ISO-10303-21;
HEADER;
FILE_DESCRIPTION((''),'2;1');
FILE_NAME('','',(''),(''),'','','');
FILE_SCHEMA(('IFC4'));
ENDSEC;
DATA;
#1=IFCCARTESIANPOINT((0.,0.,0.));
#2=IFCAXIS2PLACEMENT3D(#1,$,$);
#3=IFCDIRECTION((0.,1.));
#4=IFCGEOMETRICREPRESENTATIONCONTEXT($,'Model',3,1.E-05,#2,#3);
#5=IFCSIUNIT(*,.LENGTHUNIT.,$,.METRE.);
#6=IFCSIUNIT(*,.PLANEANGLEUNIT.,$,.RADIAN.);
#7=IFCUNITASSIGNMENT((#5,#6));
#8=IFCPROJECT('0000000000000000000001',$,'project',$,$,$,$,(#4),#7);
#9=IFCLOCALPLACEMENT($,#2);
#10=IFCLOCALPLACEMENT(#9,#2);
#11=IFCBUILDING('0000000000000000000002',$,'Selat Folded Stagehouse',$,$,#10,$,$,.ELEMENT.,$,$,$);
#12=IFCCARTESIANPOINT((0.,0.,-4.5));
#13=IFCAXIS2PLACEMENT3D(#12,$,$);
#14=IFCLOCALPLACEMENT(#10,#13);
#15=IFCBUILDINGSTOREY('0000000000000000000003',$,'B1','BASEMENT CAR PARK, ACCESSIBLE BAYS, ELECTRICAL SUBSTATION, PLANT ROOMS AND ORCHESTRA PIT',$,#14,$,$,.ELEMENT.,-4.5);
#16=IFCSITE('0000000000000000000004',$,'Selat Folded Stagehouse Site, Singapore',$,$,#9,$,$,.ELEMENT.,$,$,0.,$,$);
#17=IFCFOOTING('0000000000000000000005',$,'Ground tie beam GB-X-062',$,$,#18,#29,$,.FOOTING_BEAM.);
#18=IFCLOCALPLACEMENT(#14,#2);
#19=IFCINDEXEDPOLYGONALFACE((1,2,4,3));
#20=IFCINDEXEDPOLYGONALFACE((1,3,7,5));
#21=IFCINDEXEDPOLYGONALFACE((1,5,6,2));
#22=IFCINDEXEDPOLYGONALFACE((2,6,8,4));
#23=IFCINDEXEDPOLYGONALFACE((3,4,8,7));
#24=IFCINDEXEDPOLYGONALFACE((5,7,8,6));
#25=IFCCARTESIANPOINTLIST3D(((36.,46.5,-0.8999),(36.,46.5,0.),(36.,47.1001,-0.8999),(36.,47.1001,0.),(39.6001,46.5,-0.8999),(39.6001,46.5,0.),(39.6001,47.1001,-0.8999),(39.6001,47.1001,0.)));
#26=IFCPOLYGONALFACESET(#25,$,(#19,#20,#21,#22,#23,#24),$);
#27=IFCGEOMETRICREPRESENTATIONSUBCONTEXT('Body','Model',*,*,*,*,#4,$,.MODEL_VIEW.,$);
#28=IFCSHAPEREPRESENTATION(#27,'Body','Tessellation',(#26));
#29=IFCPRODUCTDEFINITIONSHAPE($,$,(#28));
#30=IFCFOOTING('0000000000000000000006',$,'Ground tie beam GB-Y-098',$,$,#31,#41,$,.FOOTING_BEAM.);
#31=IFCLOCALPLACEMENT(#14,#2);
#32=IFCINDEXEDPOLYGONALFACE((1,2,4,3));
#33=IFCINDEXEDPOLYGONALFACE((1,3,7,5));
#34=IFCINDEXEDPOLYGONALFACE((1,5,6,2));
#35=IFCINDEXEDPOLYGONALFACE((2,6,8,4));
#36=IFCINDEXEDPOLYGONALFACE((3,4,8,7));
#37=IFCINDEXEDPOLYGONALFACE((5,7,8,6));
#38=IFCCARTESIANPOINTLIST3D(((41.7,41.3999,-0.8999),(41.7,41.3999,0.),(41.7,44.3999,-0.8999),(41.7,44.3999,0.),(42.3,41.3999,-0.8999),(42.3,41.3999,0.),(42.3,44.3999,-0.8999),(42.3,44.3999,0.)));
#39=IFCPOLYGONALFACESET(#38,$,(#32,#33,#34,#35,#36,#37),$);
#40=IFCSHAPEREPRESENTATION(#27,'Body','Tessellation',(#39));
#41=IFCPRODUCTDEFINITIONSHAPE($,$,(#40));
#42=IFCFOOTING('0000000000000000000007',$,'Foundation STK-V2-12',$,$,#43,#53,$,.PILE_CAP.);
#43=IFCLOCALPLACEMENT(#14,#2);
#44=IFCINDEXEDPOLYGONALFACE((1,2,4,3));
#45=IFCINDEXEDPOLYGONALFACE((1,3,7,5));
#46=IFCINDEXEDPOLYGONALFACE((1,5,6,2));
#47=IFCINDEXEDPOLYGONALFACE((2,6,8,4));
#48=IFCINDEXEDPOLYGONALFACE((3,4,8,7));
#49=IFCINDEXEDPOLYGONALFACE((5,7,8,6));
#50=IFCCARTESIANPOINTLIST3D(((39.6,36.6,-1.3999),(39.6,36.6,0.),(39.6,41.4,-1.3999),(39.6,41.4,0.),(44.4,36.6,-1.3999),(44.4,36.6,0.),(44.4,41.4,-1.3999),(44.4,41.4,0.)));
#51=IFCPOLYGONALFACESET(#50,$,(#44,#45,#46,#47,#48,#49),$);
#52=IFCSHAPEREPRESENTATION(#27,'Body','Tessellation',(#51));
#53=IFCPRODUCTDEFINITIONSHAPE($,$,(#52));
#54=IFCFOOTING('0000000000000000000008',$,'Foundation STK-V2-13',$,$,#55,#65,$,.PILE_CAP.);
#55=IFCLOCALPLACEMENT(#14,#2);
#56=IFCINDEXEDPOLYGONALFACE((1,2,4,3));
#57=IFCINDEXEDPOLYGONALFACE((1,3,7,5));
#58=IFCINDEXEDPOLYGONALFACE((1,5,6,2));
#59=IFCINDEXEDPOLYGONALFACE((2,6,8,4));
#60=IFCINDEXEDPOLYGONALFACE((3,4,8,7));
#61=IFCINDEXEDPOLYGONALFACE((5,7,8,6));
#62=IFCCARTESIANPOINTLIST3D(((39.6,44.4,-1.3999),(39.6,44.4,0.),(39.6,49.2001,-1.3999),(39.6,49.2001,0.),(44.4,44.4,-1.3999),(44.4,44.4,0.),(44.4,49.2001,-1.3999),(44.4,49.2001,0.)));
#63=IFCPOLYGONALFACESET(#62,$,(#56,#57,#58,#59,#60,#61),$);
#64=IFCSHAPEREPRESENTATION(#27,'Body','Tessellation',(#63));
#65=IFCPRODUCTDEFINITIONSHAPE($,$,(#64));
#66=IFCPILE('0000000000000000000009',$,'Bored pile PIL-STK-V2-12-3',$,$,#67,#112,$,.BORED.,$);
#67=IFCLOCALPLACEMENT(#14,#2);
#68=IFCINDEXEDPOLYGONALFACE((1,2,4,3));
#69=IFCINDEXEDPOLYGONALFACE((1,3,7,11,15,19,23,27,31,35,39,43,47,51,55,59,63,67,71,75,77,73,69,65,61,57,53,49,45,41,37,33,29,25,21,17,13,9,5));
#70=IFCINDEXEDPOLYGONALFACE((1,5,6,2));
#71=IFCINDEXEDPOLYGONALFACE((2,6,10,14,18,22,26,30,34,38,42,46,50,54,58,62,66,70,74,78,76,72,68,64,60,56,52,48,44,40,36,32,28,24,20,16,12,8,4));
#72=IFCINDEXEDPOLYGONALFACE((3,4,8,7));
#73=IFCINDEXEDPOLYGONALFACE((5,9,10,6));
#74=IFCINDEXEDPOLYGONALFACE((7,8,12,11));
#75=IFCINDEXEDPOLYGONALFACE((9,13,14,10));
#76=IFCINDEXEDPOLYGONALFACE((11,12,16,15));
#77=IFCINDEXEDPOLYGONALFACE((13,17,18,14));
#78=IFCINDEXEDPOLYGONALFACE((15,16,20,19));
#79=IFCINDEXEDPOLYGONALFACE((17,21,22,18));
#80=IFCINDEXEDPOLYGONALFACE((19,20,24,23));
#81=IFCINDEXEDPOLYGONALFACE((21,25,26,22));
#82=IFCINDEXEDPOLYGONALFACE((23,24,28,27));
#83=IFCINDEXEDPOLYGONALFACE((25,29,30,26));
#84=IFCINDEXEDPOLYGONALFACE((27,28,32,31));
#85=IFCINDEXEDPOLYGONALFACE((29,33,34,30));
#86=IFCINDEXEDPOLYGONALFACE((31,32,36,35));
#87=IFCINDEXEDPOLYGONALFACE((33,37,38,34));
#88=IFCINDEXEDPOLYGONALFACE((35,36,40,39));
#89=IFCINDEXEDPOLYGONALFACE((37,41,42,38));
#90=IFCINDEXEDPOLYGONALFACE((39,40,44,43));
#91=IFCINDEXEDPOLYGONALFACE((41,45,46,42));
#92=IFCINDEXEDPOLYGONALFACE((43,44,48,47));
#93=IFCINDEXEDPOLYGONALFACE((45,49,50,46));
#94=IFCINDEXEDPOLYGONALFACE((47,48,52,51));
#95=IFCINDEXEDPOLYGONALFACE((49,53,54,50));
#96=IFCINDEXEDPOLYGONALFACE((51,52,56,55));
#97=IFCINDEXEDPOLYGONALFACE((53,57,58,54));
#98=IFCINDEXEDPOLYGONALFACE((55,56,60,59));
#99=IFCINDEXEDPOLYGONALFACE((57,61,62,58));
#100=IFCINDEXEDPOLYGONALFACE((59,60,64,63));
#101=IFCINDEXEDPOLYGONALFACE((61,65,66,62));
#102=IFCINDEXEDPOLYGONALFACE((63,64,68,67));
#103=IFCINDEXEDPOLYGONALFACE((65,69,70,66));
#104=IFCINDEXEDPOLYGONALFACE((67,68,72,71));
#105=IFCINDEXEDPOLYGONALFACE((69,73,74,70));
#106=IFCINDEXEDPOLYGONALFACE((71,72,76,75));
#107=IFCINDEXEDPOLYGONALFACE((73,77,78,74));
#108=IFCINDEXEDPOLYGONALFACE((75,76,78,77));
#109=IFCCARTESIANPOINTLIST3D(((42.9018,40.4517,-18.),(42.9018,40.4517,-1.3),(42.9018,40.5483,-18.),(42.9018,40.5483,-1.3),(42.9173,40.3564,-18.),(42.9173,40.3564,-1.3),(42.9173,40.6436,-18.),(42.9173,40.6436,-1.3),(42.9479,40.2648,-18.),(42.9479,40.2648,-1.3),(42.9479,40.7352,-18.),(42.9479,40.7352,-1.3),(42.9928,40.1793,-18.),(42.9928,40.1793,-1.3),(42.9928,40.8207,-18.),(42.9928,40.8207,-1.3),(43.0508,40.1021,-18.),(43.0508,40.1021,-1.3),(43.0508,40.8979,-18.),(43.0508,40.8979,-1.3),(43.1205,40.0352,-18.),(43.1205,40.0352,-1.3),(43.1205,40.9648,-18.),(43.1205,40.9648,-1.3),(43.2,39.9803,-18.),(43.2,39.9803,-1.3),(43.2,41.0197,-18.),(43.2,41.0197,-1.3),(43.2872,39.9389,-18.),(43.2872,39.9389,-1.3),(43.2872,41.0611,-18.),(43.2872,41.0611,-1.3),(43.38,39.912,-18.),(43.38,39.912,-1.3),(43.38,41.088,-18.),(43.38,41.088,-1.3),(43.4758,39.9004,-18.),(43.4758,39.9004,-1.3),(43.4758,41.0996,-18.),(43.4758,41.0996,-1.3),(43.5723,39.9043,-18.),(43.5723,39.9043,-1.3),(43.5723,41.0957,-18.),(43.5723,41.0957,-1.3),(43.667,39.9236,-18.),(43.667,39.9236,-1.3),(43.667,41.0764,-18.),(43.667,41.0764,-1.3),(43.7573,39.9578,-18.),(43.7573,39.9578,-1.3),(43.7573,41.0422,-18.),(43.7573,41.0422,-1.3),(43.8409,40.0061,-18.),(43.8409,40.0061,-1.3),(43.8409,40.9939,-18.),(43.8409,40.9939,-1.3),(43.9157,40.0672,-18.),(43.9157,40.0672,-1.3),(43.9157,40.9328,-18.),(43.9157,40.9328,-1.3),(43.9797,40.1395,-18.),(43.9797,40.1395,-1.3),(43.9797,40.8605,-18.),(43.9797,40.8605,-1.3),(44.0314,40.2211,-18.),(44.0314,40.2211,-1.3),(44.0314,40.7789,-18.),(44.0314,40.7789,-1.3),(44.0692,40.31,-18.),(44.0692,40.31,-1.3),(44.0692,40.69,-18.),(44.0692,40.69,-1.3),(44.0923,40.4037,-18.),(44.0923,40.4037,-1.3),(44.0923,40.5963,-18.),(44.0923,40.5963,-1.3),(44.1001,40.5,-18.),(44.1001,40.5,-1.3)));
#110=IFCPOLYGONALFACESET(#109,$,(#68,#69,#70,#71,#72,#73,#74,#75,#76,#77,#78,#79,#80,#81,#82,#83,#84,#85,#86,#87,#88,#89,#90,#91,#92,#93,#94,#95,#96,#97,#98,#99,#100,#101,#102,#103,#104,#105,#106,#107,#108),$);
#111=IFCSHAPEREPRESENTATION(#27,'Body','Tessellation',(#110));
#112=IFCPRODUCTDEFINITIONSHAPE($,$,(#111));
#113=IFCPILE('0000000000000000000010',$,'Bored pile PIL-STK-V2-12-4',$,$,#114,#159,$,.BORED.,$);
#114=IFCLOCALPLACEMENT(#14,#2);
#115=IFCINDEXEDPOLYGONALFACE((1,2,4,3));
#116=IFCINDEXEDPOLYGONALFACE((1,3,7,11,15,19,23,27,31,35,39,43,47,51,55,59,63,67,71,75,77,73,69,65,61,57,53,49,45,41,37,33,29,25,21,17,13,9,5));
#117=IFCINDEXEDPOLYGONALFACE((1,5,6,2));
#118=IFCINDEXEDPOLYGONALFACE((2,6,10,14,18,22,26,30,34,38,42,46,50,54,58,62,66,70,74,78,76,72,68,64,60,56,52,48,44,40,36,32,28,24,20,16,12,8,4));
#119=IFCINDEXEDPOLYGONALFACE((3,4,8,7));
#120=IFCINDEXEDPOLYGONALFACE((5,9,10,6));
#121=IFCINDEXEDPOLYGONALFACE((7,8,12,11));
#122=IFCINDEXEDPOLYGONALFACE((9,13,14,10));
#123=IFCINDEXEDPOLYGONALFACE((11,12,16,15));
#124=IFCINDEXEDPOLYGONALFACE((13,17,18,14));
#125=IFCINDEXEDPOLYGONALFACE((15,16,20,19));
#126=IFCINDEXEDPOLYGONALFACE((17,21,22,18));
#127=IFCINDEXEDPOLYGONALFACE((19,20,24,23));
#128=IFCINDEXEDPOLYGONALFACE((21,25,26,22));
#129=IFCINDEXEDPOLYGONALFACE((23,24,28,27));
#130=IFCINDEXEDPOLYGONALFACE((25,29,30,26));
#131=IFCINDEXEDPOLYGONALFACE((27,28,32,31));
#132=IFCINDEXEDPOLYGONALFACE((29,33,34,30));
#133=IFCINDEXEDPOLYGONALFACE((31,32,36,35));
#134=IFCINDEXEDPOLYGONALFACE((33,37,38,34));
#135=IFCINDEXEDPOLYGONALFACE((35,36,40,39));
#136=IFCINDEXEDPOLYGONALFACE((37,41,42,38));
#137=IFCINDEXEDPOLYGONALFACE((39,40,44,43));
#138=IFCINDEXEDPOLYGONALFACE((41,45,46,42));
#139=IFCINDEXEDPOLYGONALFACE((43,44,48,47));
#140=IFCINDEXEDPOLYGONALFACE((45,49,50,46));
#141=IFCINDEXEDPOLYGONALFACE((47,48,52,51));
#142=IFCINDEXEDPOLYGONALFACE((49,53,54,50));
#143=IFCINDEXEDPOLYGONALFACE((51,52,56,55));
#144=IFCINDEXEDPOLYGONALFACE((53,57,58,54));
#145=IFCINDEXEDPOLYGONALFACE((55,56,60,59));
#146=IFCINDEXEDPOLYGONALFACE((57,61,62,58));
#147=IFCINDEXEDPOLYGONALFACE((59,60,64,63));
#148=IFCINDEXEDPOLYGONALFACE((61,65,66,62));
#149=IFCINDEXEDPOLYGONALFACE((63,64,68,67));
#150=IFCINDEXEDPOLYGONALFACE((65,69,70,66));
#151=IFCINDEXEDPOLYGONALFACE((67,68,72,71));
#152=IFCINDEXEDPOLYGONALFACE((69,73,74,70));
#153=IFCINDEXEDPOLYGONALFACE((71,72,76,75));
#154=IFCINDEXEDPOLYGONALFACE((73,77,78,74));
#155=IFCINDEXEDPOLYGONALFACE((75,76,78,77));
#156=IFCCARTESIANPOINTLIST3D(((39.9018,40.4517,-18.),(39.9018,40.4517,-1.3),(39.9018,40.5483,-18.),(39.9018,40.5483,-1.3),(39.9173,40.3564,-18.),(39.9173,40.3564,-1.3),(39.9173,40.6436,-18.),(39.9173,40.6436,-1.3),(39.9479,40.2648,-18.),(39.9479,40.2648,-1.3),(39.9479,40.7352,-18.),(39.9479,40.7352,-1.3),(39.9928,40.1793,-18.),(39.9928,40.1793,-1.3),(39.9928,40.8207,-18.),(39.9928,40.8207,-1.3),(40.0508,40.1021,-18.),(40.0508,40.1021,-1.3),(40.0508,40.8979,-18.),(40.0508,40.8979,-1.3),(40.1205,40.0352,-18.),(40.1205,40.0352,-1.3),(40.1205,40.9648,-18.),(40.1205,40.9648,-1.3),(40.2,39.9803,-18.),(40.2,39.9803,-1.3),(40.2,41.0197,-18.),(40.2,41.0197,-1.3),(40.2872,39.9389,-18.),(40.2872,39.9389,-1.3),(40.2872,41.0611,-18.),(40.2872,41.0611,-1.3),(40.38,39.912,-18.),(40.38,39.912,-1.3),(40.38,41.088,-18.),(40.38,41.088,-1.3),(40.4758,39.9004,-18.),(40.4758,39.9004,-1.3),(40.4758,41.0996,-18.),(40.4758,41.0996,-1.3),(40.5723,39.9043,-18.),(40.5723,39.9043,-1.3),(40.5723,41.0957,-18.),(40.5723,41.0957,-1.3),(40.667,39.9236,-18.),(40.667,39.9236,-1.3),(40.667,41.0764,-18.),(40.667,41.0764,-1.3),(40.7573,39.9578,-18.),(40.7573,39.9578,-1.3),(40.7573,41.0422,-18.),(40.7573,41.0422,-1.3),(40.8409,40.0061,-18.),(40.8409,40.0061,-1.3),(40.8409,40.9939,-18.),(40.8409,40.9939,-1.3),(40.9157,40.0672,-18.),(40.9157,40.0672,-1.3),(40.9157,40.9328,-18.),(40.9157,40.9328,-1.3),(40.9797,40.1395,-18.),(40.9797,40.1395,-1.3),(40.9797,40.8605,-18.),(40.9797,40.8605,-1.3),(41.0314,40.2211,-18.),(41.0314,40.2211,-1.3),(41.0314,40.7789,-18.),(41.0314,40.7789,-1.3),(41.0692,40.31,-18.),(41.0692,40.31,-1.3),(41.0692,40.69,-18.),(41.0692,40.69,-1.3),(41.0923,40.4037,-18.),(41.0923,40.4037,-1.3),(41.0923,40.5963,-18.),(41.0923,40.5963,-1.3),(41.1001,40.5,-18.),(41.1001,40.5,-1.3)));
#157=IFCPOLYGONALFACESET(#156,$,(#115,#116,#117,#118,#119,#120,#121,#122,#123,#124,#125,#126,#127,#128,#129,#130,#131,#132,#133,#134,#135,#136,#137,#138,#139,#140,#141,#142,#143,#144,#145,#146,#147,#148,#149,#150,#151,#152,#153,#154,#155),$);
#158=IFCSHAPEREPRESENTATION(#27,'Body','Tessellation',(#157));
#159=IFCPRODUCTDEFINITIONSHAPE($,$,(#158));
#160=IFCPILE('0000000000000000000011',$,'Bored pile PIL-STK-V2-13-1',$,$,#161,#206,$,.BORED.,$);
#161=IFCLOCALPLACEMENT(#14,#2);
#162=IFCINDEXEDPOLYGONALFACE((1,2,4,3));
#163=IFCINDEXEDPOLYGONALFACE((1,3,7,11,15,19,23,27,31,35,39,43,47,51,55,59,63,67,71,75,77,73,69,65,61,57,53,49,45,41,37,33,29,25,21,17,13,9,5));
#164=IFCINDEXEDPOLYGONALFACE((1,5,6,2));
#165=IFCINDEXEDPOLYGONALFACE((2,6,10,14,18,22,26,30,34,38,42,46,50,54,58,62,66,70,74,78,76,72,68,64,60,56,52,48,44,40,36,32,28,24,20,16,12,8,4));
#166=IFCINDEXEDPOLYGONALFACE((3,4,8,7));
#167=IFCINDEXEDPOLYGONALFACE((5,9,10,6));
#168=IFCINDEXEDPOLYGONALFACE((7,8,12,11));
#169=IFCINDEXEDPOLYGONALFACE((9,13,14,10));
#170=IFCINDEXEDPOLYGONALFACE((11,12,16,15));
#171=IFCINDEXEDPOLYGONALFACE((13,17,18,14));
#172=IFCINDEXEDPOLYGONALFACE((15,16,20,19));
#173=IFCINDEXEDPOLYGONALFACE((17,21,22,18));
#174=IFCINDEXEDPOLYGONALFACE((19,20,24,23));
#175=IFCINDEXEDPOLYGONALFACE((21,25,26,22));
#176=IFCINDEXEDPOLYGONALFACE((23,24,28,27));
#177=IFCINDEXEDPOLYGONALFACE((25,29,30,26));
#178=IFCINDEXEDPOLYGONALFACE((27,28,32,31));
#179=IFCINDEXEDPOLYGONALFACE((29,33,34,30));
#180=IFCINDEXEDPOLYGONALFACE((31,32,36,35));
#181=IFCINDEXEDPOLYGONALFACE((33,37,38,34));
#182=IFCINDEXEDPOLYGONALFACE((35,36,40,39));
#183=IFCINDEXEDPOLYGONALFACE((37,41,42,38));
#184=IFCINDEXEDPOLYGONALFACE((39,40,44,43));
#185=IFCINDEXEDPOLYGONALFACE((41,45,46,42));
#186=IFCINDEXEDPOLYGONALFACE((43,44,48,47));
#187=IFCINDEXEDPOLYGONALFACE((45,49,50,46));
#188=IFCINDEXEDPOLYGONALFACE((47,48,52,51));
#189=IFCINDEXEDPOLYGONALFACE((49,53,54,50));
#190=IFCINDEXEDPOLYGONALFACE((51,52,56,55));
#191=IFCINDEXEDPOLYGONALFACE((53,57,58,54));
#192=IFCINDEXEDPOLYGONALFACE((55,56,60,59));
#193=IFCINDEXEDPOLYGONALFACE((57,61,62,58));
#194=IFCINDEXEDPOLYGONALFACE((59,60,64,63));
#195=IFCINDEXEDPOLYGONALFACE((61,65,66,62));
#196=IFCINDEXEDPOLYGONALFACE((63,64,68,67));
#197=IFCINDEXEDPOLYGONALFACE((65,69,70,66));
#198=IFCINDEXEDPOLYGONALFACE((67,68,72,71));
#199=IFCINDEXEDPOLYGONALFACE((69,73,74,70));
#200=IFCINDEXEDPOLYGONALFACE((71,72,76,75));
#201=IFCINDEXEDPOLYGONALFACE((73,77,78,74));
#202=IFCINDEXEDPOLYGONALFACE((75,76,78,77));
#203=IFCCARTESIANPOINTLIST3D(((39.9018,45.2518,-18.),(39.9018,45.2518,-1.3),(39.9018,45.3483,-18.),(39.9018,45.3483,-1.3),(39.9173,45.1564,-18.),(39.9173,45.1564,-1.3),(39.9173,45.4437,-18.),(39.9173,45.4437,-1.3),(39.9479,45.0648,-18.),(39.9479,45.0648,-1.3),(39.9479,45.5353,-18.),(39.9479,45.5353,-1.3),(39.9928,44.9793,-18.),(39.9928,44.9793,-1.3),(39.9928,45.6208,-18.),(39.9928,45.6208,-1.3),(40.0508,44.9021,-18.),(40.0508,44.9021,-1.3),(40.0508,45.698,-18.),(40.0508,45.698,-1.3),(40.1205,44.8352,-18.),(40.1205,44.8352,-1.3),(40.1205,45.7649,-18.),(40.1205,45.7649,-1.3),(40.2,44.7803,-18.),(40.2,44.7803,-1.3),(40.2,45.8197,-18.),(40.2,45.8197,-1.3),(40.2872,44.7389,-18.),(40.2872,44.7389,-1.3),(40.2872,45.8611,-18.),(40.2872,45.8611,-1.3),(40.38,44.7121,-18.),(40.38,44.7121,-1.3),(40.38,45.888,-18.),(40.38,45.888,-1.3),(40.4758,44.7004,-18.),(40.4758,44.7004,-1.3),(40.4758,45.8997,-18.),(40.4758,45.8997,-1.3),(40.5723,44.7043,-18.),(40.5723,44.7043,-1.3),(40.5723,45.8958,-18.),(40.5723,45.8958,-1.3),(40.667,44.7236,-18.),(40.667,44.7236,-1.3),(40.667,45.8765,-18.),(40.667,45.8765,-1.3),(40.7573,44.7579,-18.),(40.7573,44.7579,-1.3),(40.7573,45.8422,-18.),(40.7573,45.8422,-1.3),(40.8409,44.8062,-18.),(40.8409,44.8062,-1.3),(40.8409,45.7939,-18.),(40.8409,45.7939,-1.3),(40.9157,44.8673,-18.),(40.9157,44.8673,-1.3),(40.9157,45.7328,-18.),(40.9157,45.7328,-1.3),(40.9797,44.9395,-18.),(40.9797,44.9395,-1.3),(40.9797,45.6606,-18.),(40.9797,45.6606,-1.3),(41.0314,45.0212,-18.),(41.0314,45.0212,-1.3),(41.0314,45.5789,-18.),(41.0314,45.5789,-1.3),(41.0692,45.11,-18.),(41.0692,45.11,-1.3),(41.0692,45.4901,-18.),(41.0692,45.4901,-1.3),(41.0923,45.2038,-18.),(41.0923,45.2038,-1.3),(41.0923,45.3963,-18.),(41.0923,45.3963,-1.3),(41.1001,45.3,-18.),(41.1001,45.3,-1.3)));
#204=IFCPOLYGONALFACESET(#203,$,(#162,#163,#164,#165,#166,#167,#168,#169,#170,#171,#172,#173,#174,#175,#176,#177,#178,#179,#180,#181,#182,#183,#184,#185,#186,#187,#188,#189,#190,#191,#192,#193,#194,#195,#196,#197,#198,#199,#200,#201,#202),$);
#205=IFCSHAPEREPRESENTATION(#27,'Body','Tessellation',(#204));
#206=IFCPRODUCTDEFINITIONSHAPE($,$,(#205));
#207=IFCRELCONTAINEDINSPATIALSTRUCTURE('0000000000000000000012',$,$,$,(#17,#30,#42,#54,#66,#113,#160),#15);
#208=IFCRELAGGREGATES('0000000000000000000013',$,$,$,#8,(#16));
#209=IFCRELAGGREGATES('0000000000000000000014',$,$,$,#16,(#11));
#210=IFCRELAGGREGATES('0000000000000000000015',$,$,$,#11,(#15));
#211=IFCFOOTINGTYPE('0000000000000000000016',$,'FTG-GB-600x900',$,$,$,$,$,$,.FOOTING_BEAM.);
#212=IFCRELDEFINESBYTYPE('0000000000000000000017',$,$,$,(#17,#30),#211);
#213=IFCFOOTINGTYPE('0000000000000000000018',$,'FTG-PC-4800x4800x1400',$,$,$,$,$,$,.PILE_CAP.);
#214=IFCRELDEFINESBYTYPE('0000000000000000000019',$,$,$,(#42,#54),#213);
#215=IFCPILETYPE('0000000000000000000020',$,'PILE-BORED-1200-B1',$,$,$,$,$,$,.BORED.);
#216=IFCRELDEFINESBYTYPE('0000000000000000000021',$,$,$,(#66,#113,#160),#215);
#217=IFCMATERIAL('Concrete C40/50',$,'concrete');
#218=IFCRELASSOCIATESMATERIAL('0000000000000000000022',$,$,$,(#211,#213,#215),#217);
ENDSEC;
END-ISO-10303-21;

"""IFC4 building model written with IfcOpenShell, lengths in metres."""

from ifc_helpers import new_model, si_unit, direction, frame, origin, origin_2d, place, context, subcontext, project, spatial, rectangle, circle, extrude, material, material_profile, profile_set, type_object, element, save


model = new_model("IFC4")

# Units and contexts
model_context = context("Model", 3, precision=1e-05, world=origin(), true_north=direction((0.0, 1.0)))
body_context = subcontext(model_context, "Body", "Model", "MODEL_VIEW")
ifc_project = project(units=[si_unit("LENGTHUNIT", "METRE"), si_unit("PLANEANGLEUNIT", "RADIAN")], contexts=[model_context])

# Site, building, storey
site_placement = place(None, origin())
site = spatial("IfcSite", under=ifc_project, at=site_placement, Name="Selat Folded Stagehouse Site, Singapore", CompositionType="ELEMENT", RefElevation=0.0)
building_placement = place(site_placement, origin())
building = spatial("IfcBuilding", under=site, at=building_placement, Name="Selat Folded Stagehouse", CompositionType="ELEMENT")
storey_placement = place(building_placement, frame((0.0, 0.0, -4.5)))
storey = spatial("IfcBuildingStorey", under=building, at=storey_placement, Name="B1", Description="BASEMENT CAR PARK, ACCESSIBLE BAYS, ELECTRICAL SUBSTATION, PLANT ROOMS AND ORCHESTRA PIT", CompositionType="ELEMENT", Elevation=-4.5)

# Footings
ifc_material_1 = material(Name="Concrete C40/50", Category="concrete")
ifc_material_profile_1 = material_profile(ifc_material_1, rectangle(XDim=0.6001, YDim=0.8999, at=origin_2d()), Name="RC 900x600")
ifc_profile_set_1 = profile_set([ifc_material_profile_1], Name="Concrete C40/50")
footing_type_1 = type_object("IfcFootingType", Name="FTG-GB-600x900", PredefinedType="FOOTING_BEAM", material=ifc_profile_set_1)
footing_1_placement = place(storey_placement, frame((36.0, 46.8, -0.45), z_axis=(1.0, 0.0, 0.0), x_axis=(0.0, 1.0, 0.0)))
element("IfcFooting", 1, at=footing_1_placement, inside=storey, type_object=footing_type_1, Name="Ground tie beam GB-X-062", PredefinedType="FOOTING_BEAM", context=body_context, shape_type="SweptSolid", body=[
    extrude(rectangle(XDim=0.6001, YDim=0.8999, at=origin_2d()), origin(), (0.0, 0.0, 1.0), 3.6001),
])
footing_2_placement = place(storey_placement, frame((42.0, 41.3999, -0.45), z_axis=(0.0, 1.0, 0.0), x_axis=(-1.0, 0.0, 0.0)))
element("IfcFooting", 2, at=footing_2_placement, inside=storey, type_object=footing_type_1, Name="Ground tie beam GB-Y-098", PredefinedType="FOOTING_BEAM", context=body_context, shape_type="SweptSolid", body=[
    extrude(rectangle(XDim=0.6001, YDim=0.8999, at=origin_2d()), origin(), (0.0, 0.0, 1.0), 3.0),
])
footing_type_2 = type_object("IfcFootingType", Name="FTG-PC-4800x4800x1400", PredefinedType="PILE_CAP", material=ifc_material_1)
for number, where, z_axis, x_axis, name in (
    (3, (42.0, 39.0, -1.3999), (0.0, 0.0, 1.0), (1.0, 0.0, 0.0), "Foundation STK-V2-12"),
    (4, (42.0, 46.8, -1.3999), (0.0, 0.0, 1.0), (1.0, 0.0, 0.0), "Foundation STK-V2-13"),
):
    element("IfcFooting", number, at=place(storey_placement, frame(where, z_axis=z_axis, x_axis=x_axis)), inside=storey, type_object=footing_type_2, Name=name, PredefinedType="PILE_CAP", context=body_context, shape_type="SweptSolid", body=[
        extrude(rectangle(XDim=4.8, YDim=4.8, at=origin_2d()), origin(), (0.0, 0.0, 1.0), 1.3999),
    ])

# Piles
ifc_material_profile_2 = material_profile(ifc_material_1, circle(Radius=0.6001, at=origin_2d()), Name="PILE D1200")
ifc_profile_set_2 = profile_set([ifc_material_profile_2], Name="Concrete C40/50")
pile_type = type_object("IfcPileType", Name="PILE-BORED-1200-B1", PredefinedType="BORED", material=ifc_profile_set_2)
for number, where, z_axis, x_axis, name in (
    (5, (43.5, 40.5, -1.3), (0.0, 0.0, -1.0), (1.0, 0.0, 0.0), "Bored pile PIL-STK-V2-12-3"),
    (6, (40.5, 40.5, -1.3), (0.0, 0.0, -1.0), (1.0, 0.0, 0.0), "Bored pile PIL-STK-V2-12-4"),
    (7, (40.5, 45.3, -1.3), (0.0, 0.0, -1.0), (1.0, 0.0, 0.0), "Bored pile PIL-STK-V2-13-1"),
):
    element("IfcPile", number, at=place(storey_placement, frame(where, z_axis=z_axis, x_axis=x_axis)), inside=storey, type_object=pile_type, Name=name, PredefinedType="BORED", context=body_context, shape_type="SweptSolid", body=[
        extrude(circle(Radius=0.6001, at=origin_2d()), origin(), (0.0, 0.0, 1.0), 16.7),
    ])

save(model, "model.ifc")
